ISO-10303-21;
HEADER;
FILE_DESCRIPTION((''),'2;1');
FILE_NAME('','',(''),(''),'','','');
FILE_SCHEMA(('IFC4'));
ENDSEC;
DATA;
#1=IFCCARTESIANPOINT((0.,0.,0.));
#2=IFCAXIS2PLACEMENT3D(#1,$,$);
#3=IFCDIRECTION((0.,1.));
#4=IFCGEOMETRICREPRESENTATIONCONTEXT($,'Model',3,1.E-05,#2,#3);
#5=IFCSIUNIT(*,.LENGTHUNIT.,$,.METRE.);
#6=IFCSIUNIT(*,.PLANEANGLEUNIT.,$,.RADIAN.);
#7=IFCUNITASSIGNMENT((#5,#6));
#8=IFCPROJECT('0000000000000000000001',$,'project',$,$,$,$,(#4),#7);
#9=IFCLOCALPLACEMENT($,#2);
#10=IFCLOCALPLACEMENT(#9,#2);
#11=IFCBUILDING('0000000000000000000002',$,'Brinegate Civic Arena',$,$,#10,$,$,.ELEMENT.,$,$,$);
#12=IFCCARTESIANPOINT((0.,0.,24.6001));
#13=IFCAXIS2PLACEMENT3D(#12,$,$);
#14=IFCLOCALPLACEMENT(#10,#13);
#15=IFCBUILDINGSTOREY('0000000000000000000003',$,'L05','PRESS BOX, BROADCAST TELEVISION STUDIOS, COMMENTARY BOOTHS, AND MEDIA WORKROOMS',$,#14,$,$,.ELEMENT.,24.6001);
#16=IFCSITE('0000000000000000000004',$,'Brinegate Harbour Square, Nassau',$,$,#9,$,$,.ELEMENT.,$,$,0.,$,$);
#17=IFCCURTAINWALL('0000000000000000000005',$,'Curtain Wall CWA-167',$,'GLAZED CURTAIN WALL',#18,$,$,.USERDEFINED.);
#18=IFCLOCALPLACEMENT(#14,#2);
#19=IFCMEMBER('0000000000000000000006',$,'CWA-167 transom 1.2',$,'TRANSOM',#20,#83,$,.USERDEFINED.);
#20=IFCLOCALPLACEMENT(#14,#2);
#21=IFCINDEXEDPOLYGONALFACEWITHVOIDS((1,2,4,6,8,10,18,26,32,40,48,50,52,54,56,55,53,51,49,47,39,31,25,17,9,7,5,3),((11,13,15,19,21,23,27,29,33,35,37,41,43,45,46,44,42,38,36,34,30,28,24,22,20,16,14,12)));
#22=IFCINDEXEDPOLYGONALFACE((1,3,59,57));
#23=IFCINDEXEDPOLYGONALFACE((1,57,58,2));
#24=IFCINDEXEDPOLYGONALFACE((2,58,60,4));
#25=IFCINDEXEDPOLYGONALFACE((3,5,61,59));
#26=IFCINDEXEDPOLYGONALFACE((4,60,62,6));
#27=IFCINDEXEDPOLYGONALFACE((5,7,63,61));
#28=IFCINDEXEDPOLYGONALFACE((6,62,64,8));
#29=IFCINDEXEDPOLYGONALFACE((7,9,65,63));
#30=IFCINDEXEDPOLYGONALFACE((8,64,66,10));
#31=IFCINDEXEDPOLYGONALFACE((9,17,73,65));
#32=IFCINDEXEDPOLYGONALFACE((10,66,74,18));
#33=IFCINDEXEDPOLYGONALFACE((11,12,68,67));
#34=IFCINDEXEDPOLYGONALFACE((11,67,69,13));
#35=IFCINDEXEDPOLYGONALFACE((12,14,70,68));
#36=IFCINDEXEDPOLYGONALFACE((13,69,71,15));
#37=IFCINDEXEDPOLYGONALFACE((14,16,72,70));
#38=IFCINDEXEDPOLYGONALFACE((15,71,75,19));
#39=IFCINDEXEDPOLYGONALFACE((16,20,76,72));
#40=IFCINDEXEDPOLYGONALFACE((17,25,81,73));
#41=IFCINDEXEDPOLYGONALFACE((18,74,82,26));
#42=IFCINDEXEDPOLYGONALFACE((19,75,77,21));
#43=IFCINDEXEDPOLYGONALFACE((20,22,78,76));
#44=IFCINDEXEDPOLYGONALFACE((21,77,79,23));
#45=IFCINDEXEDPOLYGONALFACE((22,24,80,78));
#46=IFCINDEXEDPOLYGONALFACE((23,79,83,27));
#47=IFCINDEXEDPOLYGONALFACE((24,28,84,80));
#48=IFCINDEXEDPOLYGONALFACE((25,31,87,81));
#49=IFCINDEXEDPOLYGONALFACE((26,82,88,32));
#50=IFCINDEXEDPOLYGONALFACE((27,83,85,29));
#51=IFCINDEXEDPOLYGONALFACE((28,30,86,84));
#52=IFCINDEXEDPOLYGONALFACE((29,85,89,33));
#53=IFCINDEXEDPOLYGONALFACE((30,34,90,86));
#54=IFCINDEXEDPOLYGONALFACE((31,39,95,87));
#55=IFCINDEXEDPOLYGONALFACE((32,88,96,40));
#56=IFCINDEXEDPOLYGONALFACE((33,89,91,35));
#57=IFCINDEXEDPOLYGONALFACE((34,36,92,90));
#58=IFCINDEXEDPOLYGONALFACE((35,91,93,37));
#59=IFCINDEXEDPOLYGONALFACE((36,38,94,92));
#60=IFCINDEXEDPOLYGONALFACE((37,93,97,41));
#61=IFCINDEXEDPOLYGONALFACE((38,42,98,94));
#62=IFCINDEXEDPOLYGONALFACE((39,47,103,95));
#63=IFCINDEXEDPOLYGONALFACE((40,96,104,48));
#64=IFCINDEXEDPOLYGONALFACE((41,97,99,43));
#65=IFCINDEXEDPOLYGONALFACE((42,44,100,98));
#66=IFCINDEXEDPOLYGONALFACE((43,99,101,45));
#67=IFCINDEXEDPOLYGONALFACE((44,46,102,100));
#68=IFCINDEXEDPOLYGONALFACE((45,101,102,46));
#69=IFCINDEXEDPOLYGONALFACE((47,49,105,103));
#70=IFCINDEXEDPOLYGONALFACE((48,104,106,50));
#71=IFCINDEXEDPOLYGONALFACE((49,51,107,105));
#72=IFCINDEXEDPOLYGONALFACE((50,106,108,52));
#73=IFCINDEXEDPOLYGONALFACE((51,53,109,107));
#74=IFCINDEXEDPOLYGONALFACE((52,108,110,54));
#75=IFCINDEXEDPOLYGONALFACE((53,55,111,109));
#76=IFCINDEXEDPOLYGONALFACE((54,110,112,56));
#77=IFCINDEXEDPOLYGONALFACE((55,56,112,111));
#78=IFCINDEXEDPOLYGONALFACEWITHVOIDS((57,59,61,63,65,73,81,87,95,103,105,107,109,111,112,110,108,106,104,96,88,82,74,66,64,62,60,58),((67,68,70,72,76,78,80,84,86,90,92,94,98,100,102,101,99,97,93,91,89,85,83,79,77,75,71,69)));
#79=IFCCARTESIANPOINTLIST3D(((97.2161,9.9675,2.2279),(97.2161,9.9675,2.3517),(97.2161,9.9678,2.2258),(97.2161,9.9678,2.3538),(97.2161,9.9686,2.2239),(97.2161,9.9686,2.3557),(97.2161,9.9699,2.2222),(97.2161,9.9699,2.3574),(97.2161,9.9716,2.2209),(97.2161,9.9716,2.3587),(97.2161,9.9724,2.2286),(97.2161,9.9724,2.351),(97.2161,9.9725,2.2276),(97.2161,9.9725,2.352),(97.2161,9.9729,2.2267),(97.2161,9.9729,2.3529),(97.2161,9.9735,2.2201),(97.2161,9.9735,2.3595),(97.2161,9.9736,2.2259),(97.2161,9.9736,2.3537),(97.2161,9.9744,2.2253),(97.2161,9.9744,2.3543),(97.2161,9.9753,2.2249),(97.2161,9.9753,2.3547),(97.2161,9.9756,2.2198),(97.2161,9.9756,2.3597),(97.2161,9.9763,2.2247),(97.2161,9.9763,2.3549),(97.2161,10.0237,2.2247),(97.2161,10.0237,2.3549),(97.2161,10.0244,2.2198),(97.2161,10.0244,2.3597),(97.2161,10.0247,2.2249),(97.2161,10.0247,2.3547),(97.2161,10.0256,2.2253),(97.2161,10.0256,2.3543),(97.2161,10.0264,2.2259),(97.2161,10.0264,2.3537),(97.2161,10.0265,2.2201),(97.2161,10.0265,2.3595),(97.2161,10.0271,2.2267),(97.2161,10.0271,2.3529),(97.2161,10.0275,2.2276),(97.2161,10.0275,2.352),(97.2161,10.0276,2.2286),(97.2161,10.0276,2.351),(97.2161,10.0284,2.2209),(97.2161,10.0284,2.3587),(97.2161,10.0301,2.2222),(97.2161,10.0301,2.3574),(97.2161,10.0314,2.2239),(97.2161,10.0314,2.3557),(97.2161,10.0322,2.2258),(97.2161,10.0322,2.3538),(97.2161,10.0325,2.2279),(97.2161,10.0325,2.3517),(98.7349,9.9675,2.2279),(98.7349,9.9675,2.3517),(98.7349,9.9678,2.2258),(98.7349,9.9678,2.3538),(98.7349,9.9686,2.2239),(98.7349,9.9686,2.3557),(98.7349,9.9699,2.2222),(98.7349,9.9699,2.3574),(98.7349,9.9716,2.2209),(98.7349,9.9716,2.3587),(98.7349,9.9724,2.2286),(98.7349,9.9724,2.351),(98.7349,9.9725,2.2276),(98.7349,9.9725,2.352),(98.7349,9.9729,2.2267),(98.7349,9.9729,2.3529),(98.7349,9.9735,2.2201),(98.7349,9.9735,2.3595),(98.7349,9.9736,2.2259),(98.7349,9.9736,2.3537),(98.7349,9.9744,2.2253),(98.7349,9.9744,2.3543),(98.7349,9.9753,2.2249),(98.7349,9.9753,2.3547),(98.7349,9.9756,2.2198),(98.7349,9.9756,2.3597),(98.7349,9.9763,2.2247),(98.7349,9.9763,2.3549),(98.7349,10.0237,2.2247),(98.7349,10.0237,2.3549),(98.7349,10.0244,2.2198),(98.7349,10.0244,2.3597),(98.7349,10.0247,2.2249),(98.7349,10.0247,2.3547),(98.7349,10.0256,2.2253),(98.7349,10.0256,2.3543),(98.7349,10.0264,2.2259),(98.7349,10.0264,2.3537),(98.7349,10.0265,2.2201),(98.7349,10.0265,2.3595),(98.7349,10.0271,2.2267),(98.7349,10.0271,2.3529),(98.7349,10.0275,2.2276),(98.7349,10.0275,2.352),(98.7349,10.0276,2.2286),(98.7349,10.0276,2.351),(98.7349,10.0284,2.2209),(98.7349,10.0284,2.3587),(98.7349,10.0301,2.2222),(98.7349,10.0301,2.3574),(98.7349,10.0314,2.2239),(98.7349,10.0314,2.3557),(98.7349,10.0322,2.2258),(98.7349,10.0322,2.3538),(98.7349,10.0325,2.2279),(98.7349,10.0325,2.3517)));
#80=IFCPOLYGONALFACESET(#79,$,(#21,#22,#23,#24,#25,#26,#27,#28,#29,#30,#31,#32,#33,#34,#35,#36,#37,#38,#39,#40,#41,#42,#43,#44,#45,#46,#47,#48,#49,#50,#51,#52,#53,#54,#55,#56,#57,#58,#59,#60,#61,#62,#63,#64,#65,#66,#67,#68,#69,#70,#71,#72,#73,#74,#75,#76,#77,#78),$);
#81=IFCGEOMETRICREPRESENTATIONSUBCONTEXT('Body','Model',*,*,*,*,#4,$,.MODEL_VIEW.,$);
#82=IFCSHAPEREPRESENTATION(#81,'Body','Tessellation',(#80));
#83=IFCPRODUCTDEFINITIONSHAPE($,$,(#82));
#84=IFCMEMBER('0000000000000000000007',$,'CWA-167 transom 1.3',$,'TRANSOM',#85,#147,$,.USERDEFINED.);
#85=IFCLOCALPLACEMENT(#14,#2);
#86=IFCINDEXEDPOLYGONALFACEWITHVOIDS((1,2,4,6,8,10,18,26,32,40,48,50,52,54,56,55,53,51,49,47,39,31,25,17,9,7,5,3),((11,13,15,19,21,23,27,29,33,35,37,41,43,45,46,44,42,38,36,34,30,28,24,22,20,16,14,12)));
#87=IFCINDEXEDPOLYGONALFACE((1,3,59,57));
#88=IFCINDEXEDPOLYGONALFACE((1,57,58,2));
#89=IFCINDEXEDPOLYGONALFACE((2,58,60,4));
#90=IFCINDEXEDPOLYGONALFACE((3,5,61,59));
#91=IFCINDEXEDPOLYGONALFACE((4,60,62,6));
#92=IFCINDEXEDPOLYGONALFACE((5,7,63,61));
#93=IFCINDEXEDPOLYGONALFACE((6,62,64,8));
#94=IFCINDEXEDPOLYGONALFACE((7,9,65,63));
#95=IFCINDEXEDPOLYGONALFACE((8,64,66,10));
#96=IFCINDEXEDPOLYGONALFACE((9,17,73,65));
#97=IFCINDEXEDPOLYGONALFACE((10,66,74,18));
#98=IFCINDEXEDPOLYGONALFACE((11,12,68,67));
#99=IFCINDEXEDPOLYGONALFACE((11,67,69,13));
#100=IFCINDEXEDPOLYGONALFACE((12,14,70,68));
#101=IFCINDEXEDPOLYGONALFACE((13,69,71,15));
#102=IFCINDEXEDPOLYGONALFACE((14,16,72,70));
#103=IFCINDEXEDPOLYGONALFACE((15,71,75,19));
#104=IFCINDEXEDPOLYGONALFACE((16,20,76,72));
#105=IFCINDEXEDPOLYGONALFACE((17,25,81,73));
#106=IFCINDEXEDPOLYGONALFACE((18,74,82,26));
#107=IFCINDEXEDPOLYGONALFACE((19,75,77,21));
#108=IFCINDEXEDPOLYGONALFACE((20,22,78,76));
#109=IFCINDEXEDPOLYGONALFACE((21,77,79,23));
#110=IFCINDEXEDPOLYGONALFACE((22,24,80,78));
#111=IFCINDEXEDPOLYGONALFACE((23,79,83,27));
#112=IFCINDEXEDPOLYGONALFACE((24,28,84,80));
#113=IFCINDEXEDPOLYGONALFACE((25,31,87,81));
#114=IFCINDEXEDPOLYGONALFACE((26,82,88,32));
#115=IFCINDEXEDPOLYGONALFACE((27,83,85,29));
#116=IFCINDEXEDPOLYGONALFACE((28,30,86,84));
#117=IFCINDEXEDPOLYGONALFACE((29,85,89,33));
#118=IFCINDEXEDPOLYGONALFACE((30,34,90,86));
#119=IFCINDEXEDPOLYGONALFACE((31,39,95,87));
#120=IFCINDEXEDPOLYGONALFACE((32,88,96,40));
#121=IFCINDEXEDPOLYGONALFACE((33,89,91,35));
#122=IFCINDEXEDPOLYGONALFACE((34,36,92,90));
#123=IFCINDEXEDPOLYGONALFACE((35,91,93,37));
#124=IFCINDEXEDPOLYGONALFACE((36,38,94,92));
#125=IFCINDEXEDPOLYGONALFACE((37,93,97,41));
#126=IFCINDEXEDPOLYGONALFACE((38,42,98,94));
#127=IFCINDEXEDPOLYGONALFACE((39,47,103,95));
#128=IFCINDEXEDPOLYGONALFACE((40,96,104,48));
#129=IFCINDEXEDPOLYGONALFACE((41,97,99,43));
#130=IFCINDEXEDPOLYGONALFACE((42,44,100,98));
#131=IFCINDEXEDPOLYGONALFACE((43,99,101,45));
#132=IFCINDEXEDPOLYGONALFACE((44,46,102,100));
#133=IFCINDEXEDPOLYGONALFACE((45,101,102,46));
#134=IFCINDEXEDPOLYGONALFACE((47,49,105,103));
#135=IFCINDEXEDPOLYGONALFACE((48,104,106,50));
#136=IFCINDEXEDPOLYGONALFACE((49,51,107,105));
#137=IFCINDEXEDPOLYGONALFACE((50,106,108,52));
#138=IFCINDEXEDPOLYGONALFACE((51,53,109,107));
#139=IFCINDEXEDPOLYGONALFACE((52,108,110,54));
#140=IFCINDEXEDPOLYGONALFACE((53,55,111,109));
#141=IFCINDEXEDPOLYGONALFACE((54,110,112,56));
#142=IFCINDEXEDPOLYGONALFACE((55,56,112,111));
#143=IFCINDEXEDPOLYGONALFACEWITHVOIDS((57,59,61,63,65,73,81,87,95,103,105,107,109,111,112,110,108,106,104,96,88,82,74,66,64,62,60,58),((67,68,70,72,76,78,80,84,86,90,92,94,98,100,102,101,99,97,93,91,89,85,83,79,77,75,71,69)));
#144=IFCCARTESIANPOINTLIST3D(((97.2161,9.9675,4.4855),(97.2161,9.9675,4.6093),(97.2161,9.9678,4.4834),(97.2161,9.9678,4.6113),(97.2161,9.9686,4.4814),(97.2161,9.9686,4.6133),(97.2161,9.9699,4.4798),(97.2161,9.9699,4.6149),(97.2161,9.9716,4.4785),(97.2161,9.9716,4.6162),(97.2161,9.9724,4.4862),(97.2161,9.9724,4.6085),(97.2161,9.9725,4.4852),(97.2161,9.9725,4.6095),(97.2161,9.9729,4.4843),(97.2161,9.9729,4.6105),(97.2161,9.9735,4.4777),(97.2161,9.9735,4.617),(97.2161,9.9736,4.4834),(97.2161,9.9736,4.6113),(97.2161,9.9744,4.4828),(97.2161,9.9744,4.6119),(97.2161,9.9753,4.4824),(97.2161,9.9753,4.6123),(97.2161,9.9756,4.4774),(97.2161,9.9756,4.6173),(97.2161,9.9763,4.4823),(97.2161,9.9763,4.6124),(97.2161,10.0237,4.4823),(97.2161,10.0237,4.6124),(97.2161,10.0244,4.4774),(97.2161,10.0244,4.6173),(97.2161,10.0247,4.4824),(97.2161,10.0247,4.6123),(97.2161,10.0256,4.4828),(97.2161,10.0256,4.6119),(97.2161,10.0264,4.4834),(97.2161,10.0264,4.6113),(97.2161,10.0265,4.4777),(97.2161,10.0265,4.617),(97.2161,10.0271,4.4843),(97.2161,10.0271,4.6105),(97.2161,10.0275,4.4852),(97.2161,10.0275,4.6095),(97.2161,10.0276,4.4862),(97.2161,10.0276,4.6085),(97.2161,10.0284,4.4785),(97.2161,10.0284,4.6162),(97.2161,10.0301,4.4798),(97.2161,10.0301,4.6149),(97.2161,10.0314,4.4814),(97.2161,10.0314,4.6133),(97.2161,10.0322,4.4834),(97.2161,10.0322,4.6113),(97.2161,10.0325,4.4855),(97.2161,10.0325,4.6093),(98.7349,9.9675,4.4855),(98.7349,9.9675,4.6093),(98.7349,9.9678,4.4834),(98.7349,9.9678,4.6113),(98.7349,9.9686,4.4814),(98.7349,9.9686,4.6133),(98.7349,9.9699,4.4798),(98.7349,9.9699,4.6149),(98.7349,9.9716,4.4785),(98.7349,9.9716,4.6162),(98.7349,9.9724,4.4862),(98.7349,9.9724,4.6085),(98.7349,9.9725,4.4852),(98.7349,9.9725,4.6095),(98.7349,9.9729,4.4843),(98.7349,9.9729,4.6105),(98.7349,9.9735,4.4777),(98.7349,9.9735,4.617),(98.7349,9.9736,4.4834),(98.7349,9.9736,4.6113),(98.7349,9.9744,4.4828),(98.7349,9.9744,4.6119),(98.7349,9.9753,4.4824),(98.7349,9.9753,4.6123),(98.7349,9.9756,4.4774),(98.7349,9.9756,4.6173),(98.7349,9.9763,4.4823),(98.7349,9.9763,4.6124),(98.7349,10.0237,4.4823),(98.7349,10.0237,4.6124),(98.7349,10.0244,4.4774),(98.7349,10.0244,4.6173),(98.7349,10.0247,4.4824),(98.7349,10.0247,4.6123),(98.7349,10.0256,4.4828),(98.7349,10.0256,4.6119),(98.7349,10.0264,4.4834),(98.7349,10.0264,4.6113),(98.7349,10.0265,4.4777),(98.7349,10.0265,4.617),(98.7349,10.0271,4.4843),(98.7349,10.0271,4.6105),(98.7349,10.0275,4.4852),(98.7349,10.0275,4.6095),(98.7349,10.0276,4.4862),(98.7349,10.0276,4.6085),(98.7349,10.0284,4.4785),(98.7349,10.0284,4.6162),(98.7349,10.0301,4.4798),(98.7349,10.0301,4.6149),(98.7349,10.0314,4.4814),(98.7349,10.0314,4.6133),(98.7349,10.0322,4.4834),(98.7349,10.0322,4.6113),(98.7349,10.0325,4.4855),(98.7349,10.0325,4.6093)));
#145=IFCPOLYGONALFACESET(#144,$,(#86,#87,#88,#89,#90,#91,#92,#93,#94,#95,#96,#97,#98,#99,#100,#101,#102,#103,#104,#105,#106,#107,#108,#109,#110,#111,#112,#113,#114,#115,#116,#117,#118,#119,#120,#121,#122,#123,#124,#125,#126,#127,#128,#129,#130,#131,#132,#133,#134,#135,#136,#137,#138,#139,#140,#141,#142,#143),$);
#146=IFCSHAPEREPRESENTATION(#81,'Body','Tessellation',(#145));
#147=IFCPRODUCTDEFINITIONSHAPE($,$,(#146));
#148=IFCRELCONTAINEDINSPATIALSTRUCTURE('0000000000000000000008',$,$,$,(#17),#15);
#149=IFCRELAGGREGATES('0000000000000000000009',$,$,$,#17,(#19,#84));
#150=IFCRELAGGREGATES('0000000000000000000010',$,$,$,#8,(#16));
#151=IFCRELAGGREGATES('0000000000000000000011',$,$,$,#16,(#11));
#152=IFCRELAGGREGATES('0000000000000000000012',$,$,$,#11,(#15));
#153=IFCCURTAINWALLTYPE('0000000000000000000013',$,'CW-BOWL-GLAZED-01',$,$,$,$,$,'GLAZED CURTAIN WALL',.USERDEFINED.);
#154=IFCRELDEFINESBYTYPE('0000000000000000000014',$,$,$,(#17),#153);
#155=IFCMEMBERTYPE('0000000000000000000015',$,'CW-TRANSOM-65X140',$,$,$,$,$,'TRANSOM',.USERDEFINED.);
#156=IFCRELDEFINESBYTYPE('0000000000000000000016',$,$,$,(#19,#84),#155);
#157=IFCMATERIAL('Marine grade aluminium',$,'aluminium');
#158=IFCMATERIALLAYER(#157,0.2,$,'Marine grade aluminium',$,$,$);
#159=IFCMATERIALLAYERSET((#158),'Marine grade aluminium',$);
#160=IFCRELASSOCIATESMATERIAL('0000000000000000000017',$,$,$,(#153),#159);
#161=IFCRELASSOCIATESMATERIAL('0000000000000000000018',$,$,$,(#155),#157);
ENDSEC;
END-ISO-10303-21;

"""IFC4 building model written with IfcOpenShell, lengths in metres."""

from ifc_helpers import new_model, si_unit, direction, frame, origin, origin_2d, place, context, subcontext, project, spatial, hollow_rectangle, extrude, material, layer, layer_set, material_profile, profile_set, type_object, element, aggregate, save


model = new_model("IFC4")

# Units and contexts
model_context = context("Model", 3, precision=1e-05, world=origin(), true_north=direction((0.0, 1.0)))
body_context = subcontext(model_context, "Body", "Model", "MODEL_VIEW")
ifc_project = project(units=[si_unit("LENGTHUNIT", "METRE"), si_unit("PLANEANGLEUNIT", "RADIAN")], contexts=[model_context])

# Site, building, storey
site_placement = place(None, origin())
site = spatial("IfcSite", under=ifc_project, at=site_placement, Name="Brinegate Harbour Square, Nassau", CompositionType="ELEMENT", RefElevation=0.0)
building_placement = place(site_placement, origin())
building = spatial("IfcBuilding", under=site, at=building_placement, Name="Brinegate Civic Arena", CompositionType="ELEMENT")
storey_placement = place(building_placement, frame((0.0, 0.0, 24.6001)))
storey = spatial("IfcBuildingStorey", under=building, at=storey_placement, Name="L05", Description="PRESS BOX, BROADCAST TELEVISION STUDIOS, COMMENTARY BOOTHS, AND MEDIA WORKROOMS", CompositionType="ELEMENT", Elevation=24.6001)

# Curtain wall
ifc_material_1 = material(Name="Marine grade aluminium", Category="aluminium")
ifc_layer_1 = layer(ifc_material_1, 0.2, Name="Marine grade aluminium")
ifc_layer_set_1 = layer_set([ifc_layer_1], Name="Marine grade aluminium")
curtain_wall_type = type_object("IfcCurtainWallType", Name="CW-BOWL-GLAZED-01", ElementType="GLAZED CURTAIN WALL", PredefinedType="USERDEFINED", material=ifc_layer_set_1)
curtain_wall_1_placement = place(storey_placement, origin())
curtain_wall_1 = element("IfcCurtainWall", 1, at=curtain_wall_1_placement, inside=storey, type_object=curtain_wall_type, Name="Curtain Wall CWA-167", ObjectType="GLAZED CURTAIN WALL", PredefinedType="USERDEFINED")

# Members
ifc_material_profile_1 = material_profile(ifc_material_1, hollow_rectangle(XDim=0.0649, YDim=0.1399, WallThickness=0.0049, InnerFilletRadius=0.0039, OuterFilletRadius=0.0081, at=origin_2d()), Name="TRN65X140")
ifc_profile_set_1 = profile_set([ifc_material_profile_1], Name="Marine grade aluminium")
member_type_1 = type_object("IfcMemberType", Name="CW-TRANSOM-65X140", ElementType="TRANSOM", PredefinedType="USERDEFINED", material=ifc_profile_set_1)
member_1_placement = place(storey_placement, frame((97.2161, 10.0, 2.2898), z_axis=(1.0, 0.0, 0.0), x_axis=(0.0, 1.0, 0.0)))
member_1 = element("IfcMember", 2, at=member_1_placement, type_object=member_type_1, Name="CWA-167 transom 1.2", ObjectType="TRANSOM", PredefinedType="USERDEFINED", context=body_context, shape_type="SweptSolid", body=[
    extrude(hollow_rectangle(XDim=0.0649, YDim=0.1399, WallThickness=0.0049, InnerFilletRadius=0.0039, OuterFilletRadius=0.0081, at=origin_2d()), origin(), (0.0, 0.0, 1.0), 1.5188),
])
member_2_placement = place(storey_placement, frame((97.2161, 10.0, 4.5474), z_axis=(1.0, 0.0, 0.0), x_axis=(0.0, 1.0, 0.0)))
member_2 = element("IfcMember", 3, at=member_2_placement, type_object=member_type_1, Name="CWA-167 transom 1.3", ObjectType="TRANSOM", PredefinedType="USERDEFINED", context=body_context, shape_type="SweptSolid", body=[
    extrude(hollow_rectangle(XDim=0.0649, YDim=0.1399, WallThickness=0.0049, InnerFilletRadius=0.0039, OuterFilletRadius=0.0081, at=origin_2d()), origin(), (0.0, 0.0, 1.0), 1.5188),
])

aggregate(curtain_wall_1, [member_1, member_2])

save(model, "model.ifc")
